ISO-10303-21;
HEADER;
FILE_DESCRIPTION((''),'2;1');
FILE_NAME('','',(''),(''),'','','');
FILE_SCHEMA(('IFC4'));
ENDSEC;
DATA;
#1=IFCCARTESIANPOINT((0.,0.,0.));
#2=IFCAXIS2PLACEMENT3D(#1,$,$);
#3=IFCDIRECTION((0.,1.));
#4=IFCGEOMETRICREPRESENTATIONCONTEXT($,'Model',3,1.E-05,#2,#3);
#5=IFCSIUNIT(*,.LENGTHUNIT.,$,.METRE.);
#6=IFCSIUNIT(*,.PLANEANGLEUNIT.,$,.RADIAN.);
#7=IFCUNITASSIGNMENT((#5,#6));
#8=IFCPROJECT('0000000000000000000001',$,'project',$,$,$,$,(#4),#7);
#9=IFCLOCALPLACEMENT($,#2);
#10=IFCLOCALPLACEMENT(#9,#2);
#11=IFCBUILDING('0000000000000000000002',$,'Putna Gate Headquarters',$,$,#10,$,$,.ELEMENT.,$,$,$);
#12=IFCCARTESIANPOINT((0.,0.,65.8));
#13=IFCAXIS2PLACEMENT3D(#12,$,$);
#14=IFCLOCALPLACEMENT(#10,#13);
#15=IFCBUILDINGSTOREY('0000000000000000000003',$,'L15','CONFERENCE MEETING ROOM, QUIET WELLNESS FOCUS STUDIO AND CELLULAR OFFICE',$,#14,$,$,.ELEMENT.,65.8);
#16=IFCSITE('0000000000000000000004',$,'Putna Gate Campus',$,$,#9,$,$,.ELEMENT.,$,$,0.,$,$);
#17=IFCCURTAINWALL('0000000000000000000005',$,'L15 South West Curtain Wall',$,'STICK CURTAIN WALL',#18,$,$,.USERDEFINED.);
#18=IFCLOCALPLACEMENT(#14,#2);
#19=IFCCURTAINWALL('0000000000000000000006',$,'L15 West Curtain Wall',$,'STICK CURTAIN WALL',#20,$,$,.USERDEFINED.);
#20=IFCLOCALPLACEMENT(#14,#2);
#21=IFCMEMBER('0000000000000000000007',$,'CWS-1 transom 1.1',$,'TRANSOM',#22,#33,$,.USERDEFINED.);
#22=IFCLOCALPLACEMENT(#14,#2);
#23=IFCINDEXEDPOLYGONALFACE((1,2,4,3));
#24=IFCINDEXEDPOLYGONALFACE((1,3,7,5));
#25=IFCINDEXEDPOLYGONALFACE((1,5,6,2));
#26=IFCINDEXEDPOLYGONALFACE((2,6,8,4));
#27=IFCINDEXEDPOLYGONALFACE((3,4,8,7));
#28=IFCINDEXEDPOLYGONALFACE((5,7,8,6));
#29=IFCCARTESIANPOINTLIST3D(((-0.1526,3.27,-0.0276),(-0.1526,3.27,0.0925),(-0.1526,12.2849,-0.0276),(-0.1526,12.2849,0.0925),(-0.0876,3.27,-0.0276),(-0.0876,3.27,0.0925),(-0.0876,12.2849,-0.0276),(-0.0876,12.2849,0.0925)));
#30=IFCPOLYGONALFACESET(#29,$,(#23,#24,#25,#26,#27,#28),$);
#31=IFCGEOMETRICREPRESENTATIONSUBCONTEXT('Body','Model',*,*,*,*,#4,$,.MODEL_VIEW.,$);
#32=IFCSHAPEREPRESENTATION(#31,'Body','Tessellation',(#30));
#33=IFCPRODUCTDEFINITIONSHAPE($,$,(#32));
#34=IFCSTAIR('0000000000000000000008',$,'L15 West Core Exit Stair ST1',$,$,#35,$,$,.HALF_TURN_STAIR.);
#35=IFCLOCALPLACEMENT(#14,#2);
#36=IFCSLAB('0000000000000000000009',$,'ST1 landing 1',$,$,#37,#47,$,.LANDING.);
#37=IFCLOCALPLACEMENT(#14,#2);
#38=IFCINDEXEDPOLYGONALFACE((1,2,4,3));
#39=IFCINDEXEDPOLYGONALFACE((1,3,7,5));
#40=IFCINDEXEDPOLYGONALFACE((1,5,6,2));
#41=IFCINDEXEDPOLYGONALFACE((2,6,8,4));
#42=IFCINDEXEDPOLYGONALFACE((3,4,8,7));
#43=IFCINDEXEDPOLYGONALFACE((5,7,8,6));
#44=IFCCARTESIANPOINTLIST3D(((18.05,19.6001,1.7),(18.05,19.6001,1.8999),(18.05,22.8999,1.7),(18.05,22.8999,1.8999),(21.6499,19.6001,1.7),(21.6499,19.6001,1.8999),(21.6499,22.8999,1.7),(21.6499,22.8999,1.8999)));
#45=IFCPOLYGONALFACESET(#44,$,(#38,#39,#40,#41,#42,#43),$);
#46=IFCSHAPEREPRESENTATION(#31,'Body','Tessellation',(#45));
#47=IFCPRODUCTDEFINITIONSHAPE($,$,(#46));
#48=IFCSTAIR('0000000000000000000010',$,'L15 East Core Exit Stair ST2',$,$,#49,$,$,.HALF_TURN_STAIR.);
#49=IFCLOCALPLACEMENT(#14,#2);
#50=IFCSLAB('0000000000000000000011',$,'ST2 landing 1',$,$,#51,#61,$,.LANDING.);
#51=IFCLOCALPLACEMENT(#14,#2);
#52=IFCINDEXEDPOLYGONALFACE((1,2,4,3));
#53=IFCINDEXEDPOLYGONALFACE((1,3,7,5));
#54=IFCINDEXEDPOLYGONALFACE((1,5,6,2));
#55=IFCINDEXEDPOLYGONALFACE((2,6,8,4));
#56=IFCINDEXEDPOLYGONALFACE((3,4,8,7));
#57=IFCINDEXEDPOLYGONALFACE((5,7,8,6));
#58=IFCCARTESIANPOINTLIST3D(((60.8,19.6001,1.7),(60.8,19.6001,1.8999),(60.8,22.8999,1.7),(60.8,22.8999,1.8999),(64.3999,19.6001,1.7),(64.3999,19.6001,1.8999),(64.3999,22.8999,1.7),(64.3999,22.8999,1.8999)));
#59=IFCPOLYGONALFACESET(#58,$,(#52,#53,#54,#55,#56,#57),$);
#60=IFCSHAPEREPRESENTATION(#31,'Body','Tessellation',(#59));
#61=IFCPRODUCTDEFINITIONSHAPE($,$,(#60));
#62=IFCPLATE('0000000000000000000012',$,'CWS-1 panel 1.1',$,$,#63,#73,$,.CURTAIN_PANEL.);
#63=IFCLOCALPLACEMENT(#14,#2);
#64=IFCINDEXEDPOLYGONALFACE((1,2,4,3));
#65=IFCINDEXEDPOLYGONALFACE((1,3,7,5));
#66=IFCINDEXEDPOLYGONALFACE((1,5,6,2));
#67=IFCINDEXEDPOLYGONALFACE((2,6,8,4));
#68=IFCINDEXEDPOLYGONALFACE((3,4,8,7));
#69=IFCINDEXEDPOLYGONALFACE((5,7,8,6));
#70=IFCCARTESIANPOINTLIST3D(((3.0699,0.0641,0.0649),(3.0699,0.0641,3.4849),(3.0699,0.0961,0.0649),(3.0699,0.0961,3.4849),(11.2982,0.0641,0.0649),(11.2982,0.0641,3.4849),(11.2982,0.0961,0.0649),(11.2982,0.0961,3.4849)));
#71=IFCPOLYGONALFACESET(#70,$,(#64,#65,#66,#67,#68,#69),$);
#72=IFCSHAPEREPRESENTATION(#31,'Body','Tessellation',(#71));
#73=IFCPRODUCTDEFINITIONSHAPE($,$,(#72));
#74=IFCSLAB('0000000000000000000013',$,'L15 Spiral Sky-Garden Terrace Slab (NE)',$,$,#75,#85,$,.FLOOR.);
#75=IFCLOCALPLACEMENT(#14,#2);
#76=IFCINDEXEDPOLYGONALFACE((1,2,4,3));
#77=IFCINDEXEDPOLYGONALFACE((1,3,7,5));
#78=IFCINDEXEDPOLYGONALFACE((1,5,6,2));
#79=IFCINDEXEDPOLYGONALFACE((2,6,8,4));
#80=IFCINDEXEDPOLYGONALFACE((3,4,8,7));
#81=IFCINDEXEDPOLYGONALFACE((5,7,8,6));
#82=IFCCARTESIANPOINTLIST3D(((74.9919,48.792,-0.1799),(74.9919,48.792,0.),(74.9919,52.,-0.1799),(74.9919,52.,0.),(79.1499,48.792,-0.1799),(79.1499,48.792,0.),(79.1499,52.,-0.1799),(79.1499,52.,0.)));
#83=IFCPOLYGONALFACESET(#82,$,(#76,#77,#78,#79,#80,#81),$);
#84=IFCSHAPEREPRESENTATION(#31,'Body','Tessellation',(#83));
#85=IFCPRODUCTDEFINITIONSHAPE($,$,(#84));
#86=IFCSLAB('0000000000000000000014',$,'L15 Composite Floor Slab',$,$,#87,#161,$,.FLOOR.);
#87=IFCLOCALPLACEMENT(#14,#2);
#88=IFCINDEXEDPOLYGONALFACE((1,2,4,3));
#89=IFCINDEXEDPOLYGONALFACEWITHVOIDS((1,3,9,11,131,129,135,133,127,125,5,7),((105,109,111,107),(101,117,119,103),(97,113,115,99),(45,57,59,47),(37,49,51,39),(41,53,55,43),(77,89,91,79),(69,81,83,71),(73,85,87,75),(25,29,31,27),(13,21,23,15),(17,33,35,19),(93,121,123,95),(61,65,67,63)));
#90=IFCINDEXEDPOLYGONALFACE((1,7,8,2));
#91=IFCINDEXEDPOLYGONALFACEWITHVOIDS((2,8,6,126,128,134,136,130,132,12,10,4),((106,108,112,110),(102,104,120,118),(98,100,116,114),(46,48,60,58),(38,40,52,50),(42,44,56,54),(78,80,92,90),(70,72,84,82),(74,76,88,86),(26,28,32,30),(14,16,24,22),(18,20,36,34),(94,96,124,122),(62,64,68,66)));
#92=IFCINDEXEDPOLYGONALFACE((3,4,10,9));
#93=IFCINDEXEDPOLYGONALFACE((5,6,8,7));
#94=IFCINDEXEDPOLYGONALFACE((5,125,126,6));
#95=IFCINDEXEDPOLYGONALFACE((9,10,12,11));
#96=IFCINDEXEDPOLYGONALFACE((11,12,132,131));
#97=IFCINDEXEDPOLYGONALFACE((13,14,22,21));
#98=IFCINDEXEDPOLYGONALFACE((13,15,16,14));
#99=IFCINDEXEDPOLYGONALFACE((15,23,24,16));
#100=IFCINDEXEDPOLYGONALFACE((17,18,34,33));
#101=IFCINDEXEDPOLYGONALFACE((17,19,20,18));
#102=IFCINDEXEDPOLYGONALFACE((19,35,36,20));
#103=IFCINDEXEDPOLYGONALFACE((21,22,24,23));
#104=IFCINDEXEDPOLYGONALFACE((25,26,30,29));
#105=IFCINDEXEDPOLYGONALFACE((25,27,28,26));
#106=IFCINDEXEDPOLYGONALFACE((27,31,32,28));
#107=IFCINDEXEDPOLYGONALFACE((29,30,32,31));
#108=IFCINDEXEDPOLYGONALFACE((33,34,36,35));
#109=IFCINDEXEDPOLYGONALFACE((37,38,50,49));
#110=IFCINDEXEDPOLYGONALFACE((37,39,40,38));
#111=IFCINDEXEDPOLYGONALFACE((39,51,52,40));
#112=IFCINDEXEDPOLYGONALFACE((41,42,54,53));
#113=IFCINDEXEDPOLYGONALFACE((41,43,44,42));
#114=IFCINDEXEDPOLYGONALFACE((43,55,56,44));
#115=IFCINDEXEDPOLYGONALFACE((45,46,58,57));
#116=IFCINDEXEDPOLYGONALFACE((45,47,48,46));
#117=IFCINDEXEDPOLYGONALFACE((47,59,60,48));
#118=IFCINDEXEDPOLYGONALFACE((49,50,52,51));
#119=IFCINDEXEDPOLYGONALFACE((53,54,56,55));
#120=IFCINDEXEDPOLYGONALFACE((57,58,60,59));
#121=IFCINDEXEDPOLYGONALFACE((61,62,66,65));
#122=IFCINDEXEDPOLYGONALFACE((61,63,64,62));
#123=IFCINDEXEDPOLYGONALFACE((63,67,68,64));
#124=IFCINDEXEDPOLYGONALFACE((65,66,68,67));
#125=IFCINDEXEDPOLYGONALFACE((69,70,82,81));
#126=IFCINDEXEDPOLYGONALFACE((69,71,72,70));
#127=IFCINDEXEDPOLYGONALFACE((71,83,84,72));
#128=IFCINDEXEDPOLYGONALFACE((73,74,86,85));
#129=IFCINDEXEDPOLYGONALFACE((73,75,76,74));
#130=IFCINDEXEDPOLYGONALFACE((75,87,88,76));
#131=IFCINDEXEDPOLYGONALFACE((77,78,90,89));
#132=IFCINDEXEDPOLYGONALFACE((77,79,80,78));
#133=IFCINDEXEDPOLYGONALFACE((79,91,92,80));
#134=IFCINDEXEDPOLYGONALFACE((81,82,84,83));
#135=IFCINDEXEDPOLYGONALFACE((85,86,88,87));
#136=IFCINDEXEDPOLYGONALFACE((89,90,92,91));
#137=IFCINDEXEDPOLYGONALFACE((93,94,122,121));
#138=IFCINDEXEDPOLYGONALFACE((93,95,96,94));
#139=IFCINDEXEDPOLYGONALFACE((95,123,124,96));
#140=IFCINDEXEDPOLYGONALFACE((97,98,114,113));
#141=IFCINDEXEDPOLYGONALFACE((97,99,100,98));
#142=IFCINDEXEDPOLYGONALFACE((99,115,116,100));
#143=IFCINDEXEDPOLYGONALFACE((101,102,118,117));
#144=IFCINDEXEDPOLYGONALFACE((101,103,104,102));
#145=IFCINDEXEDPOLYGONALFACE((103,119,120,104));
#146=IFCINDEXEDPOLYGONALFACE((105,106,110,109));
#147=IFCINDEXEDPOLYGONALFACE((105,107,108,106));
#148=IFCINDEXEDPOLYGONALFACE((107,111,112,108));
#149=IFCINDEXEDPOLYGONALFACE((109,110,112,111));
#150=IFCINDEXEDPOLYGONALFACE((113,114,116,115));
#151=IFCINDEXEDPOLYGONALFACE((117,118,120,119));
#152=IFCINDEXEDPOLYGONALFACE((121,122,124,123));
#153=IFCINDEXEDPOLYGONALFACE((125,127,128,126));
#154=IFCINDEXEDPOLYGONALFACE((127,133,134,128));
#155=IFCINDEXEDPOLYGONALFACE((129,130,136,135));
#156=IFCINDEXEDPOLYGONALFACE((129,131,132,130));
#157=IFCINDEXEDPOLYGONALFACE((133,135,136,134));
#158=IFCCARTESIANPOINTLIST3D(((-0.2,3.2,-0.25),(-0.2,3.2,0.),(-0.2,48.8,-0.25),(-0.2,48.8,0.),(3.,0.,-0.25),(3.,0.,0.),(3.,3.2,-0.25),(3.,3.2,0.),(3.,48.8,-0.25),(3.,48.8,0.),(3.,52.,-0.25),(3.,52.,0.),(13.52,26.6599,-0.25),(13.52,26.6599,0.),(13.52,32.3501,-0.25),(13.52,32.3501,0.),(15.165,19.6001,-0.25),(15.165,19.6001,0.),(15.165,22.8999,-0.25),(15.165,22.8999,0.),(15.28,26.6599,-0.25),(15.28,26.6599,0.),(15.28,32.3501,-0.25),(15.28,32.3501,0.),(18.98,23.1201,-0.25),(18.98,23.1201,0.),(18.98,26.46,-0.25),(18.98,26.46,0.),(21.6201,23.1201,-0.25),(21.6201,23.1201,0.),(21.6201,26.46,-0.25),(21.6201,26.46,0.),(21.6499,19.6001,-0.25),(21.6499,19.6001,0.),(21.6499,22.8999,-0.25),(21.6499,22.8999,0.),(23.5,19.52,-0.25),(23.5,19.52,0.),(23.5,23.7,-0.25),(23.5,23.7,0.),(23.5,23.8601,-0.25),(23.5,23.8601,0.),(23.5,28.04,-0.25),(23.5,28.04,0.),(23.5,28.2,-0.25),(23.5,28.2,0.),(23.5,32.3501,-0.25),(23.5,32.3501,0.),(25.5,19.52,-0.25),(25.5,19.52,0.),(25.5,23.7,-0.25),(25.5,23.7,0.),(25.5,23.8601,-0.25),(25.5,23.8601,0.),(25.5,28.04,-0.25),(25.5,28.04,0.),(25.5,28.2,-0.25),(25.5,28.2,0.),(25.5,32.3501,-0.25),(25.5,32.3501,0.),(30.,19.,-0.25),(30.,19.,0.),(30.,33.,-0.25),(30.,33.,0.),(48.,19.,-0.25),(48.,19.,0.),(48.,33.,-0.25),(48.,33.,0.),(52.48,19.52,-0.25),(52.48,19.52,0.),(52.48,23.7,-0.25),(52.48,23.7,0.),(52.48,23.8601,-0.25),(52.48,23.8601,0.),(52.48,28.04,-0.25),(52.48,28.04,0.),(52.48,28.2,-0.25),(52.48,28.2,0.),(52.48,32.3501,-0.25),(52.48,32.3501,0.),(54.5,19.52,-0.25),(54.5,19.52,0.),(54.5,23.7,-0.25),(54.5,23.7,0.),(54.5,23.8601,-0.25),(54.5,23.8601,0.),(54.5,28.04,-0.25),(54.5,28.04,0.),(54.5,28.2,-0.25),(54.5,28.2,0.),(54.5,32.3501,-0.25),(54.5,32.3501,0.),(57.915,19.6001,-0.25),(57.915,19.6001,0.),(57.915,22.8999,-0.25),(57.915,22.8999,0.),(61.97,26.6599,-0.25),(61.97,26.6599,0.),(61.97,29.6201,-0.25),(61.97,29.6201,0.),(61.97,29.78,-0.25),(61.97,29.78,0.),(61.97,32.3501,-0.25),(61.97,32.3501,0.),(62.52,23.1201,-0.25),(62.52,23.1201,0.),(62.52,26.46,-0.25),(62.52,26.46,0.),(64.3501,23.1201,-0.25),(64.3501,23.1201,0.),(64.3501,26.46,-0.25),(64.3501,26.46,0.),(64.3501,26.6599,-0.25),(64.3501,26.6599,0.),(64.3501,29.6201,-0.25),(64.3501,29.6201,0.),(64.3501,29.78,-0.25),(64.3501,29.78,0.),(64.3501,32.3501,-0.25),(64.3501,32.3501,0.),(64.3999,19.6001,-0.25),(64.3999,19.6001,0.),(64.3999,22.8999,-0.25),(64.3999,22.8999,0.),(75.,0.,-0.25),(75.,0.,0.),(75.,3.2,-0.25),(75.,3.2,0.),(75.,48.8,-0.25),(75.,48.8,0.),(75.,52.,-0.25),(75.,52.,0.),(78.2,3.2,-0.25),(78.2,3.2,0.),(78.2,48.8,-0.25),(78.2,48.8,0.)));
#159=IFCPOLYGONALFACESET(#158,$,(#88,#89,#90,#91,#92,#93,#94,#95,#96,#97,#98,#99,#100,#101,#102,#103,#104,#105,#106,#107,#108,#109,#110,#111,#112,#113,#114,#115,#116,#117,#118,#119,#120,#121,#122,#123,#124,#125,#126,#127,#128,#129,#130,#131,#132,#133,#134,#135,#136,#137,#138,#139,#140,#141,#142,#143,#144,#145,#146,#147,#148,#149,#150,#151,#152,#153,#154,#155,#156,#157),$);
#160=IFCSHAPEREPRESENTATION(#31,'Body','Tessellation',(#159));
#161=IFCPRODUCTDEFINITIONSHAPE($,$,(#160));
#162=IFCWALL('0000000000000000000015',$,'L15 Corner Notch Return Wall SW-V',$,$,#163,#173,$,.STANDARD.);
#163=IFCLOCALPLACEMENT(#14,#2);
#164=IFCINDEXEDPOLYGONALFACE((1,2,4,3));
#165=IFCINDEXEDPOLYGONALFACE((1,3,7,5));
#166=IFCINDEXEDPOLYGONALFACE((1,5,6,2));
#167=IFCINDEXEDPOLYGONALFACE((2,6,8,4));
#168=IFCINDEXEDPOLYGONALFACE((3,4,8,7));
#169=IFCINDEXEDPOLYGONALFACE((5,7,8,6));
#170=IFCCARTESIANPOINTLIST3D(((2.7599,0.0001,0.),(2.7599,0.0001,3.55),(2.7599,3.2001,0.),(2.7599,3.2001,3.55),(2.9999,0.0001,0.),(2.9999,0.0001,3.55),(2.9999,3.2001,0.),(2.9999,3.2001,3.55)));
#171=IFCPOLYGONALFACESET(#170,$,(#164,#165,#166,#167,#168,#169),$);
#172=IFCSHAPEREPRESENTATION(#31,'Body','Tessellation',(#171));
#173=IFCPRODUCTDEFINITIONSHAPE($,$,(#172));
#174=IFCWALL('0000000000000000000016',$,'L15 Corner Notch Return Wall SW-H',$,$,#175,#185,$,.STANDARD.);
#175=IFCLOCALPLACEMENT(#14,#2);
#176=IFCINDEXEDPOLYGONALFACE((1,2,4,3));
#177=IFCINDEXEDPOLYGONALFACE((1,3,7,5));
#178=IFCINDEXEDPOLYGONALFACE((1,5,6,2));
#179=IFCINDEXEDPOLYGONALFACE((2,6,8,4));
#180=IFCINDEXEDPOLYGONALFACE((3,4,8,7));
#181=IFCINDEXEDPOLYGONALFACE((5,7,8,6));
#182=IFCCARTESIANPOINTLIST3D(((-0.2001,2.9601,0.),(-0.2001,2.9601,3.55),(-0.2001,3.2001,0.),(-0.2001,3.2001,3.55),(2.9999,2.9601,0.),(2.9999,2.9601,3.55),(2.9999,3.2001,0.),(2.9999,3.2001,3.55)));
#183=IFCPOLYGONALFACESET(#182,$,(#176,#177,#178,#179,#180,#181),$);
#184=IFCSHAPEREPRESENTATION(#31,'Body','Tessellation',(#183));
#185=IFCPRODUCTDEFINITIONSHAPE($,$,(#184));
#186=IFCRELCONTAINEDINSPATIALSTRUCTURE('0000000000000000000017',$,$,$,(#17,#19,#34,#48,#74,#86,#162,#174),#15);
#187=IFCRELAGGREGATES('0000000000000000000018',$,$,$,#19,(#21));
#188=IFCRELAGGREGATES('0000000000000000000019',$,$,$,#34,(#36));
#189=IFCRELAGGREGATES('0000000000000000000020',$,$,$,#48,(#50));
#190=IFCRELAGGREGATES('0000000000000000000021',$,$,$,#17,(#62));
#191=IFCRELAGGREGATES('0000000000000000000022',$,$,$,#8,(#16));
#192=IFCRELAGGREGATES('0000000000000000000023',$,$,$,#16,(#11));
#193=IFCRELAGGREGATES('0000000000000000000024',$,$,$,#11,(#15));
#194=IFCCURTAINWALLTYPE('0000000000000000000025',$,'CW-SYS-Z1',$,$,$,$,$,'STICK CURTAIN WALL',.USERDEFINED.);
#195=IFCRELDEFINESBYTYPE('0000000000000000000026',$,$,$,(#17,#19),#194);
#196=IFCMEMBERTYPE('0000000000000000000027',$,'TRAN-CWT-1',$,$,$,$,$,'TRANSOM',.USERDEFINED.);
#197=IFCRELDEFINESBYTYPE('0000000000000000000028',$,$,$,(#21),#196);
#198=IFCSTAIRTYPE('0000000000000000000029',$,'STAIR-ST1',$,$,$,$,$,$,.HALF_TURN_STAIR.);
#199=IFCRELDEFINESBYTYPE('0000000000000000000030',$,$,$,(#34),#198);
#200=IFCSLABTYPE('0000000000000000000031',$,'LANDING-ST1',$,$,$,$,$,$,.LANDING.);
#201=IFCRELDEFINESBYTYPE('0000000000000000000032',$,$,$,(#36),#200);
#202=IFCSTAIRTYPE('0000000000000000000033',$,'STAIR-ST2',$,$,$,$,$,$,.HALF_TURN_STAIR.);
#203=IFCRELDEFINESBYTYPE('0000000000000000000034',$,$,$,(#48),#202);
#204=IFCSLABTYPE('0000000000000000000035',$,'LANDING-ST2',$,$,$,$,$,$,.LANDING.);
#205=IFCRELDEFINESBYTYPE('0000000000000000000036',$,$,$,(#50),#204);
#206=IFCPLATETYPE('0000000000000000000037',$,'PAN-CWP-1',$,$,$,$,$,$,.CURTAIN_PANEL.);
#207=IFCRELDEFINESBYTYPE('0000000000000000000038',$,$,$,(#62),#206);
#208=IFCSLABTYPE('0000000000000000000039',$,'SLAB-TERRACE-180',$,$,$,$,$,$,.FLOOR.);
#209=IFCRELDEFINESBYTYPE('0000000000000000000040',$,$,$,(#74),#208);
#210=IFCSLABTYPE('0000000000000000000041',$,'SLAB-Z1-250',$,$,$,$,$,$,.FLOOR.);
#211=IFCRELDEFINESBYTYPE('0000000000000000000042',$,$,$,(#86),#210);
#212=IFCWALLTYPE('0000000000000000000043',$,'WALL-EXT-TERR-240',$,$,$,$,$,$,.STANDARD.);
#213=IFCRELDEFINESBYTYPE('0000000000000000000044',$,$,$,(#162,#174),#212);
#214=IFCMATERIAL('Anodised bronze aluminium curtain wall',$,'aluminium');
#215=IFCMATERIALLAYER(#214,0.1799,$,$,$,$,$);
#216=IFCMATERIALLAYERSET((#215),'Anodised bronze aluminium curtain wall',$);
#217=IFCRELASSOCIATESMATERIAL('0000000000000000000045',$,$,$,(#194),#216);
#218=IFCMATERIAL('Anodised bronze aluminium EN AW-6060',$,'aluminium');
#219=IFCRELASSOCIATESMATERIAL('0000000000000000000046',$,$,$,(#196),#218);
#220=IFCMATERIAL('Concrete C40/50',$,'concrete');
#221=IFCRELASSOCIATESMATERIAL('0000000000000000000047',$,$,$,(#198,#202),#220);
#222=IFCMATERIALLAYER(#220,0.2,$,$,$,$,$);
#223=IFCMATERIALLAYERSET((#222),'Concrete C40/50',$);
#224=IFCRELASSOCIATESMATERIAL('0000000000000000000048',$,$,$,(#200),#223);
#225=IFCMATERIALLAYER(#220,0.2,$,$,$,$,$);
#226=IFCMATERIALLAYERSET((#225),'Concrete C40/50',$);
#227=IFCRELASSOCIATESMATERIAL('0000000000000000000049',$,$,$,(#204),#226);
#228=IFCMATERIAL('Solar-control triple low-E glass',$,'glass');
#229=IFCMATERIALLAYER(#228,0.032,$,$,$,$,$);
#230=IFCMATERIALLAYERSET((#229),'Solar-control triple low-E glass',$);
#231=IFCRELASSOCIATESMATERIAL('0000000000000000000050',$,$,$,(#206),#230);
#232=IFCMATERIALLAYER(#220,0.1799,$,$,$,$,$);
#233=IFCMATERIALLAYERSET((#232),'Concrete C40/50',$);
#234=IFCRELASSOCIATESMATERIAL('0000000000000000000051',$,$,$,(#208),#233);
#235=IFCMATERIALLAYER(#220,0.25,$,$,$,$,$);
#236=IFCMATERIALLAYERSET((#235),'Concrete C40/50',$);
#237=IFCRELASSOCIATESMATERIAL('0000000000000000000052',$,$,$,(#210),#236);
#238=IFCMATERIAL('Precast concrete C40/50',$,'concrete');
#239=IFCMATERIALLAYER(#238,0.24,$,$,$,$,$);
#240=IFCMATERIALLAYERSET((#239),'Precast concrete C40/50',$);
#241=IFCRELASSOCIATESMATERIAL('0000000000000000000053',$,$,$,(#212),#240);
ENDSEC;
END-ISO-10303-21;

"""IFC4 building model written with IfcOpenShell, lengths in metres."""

from ifc_helpers import new_model, si_unit, direction, frame, frame_2d, origin, origin_2d, place, context, subcontext, project, spatial, polyline, rectangle, outline, extrude, material, layer, layer_set, material_profile, profile_set, type_object, element, aggregate, save


model = new_model("IFC4")

# Units and contexts
model_context = context("Model", 3, precision=1e-05, world=origin(), true_north=direction((0.0, 1.0)))
body_context = subcontext(model_context, "Body", "Model", "MODEL_VIEW")
ifc_project = project(units=[si_unit("LENGTHUNIT", "METRE"), si_unit("PLANEANGLEUNIT", "RADIAN")], contexts=[model_context])

# Site, building, storey
site_placement = place(None, origin())
site = spatial("IfcSite", under=ifc_project, at=site_placement, Name="Putna Gate Campus", CompositionType="ELEMENT", RefElevation=0.0)
building_placement = place(site_placement, origin())
building = spatial("IfcBuilding", under=site, at=building_placement, Name="Putna Gate Headquarters", CompositionType="ELEMENT")
storey_placement = place(building_placement, frame((0.0, 0.0, 65.8)))
storey = spatial("IfcBuildingStorey", under=building, at=storey_placement, Name="L15", Description="CONFERENCE MEETING ROOM, QUIET WELLNESS FOCUS STUDIO AND CELLULAR OFFICE", CompositionType="ELEMENT", Elevation=65.8)

# Curtain wall
ifc_material_1 = material(Name="Anodised bronze aluminium curtain wall", Category="aluminium")
ifc_layer_1 = layer(ifc_material_1, 0.1799)
ifc_layer_set_1 = layer_set([ifc_layer_1], Name="Anodised bronze aluminium curtain wall")
curtain_wall_type = type_object("IfcCurtainWallType", Name="CW-SYS-Z1", ElementType="STICK CURTAIN WALL", PredefinedType="USERDEFINED", material=ifc_layer_set_1)
curtain_wall_1_placement = place(storey_placement, origin())
curtain_wall_1 = element("IfcCurtainWall", 1, at=curtain_wall_1_placement, inside=storey, type_object=curtain_wall_type, Name="L15 South West Curtain Wall", ObjectType="STICK CURTAIN WALL", PredefinedType="USERDEFINED")
ifc_material_2 = material(Name="Anodised bronze aluminium EN AW-6060", Category="aluminium")

# Curtain wall
curtain_wall_2_placement = place(storey_placement, origin())
curtain_wall_2 = element("IfcCurtainWall", 2, at=curtain_wall_2_placement, inside=storey, type_object=curtain_wall_type, Name="L15 West Curtain Wall", ObjectType="STICK CURTAIN WALL", PredefinedType="USERDEFINED")

# Member
ifc_material_profile_1 = material_profile(ifc_material_2, rectangle(XDim=0.0649, YDim=0.1201, at=origin_2d()), Name="Anodised bronze aluminium EN AW-6060")
ifc_profile_set_1 = profile_set([ifc_material_profile_1], Name="Anodised bronze aluminium EN AW-6060")
member_type_1 = type_object("IfcMemberType", Name="TRAN-CWT-1", ElementType="TRANSOM", PredefinedType="USERDEFINED", material=ifc_profile_set_1)
member_1_placement = place(storey_placement, frame((-0.1201, 3.27, 0.0325), z_axis=(0.0, 1.0, 0.0), x_axis=(-1.0, 0.0, 0.0)))
member_1 = element("IfcMember", 3, at=member_1_placement, type_object=member_type_1, Name="CWS-1 transom 1.1", ObjectType="TRANSOM", PredefinedType="USERDEFINED", context=body_context, shape_type="SweptSolid", body=[
    extrude(rectangle(XDim=0.0649, YDim=0.1201, at=origin_2d()), origin(), (0.0, 0.0, 1.0), 9.0149),
])
aggregate(curtain_wall_2, [member_1])

# Stairs, slabs
ifc_material_3 = material(Name="Concrete C40/50", Category="concrete")
stair_type_1 = type_object("IfcStairType", Name="STAIR-ST1", PredefinedType="HALF_TURN_STAIR", material=ifc_material_3)
stair_1_placement = place(storey_placement, origin())
stair_1 = element("IfcStair", 4, at=stair_1_placement, inside=storey, type_object=stair_type_1, Name="L15 West Core Exit Stair ST1", PredefinedType="HALF_TURN_STAIR")
ifc_layer_2 = layer(ifc_material_3, 0.2)
ifc_layer_set_2 = layer_set([ifc_layer_2], Name="Concrete C40/50")
slab_type_1 = type_object("IfcSlabType", Name="LANDING-ST1", PredefinedType="LANDING", material=ifc_layer_set_2)
slab_1_placement = place(storey_placement, frame((0.0, 0.0, 1.7)))
slab_1 = element("IfcSlab", 5, at=slab_1_placement, type_object=slab_type_1, Name="ST1 landing 1", PredefinedType="LANDING", context=body_context, shape_type="SweptSolid", body=[
    extrude(outline(polyline([(18.05, 19.6001), (21.6499, 19.6001), (21.6499, 22.8999), (18.05, 22.8999), (18.05, 19.6001)])), origin(), (0.0, 0.0, 1.0), 0.2),
])
aggregate(stair_1, [slab_1])
stair_type_2 = type_object("IfcStairType", Name="STAIR-ST2", PredefinedType="HALF_TURN_STAIR", material=ifc_material_3)
stair_2_placement = place(storey_placement, origin())
stair_2 = element("IfcStair", 6, at=stair_2_placement, inside=storey, type_object=stair_type_2, Name="L15 East Core Exit Stair ST2", PredefinedType="HALF_TURN_STAIR")
ifc_layer_3 = layer(ifc_material_3, 0.2)
ifc_layer_set_3 = layer_set([ifc_layer_3], Name="Concrete C40/50")
slab_type_2 = type_object("IfcSlabType", Name="LANDING-ST2", PredefinedType="LANDING", material=ifc_layer_set_3)
slab_2_placement = place(storey_placement, frame((0.0, 0.0, 1.7)))
slab_2 = element("IfcSlab", 7, at=slab_2_placement, type_object=slab_type_2, Name="ST2 landing 1", PredefinedType="LANDING", context=body_context, shape_type="SweptSolid", body=[
    extrude(outline(polyline([(60.8, 19.6001), (64.3999, 19.6001), (64.3999, 22.8999), (60.8, 22.8999), (60.8, 19.6001)])), origin(), (0.0, 0.0, 1.0), 0.2),
])
aggregate(stair_2, [slab_2])

# Plate
ifc_material_4 = material(Name="Solar-control triple low-E glass", Category="glass")
ifc_layer_4 = layer(ifc_material_4, 0.032)
ifc_layer_set_4 = layer_set([ifc_layer_4], Name="Solar-control triple low-E glass")
plate_type = type_object("IfcPlateType", Name="PAN-CWP-1", PredefinedType="CURTAIN_PANEL", material=ifc_layer_set_4)
plate_placement = place(storey_placement, frame((7.1841, 0.0801, 0.0649), z_axis=(0.0, 0.0, 1.0), x_axis=(1.0, 0.0, 0.0)))
plate = element("IfcPlate", 8, at=plate_placement, type_object=plate_type, Name="CWS-1 panel 1.1", PredefinedType="CURTAIN_PANEL", context=body_context, shape_type="SweptSolid", body=[
    extrude(rectangle(XDim=8.2283, YDim=0.032, at=origin_2d()), origin(), (0.0, 0.0, 1.0), 3.4199),
])
aggregate(curtain_wall_1, [plate])

# Slabs
ifc_layer_5 = layer(ifc_material_3, 0.1799)
ifc_layer_set_5 = layer_set([ifc_layer_5], Name="Concrete C40/50")
slab_type_3 = type_object("IfcSlabType", Name="SLAB-TERRACE-180", PredefinedType="FLOOR", material=ifc_layer_set_5)
slab_3_placement = place(storey_placement, frame((0.0, 0.0, -0.1799)))
element("IfcSlab", 9, at=slab_3_placement, inside=storey, type_object=slab_type_3, Name="L15 Spiral Sky-Garden Terrace Slab (NE)", PredefinedType="FLOOR", context=body_context, shape_type="SweptSolid", body=[
    extrude(outline(polyline([(74.9919, 48.792), (79.1499, 48.792), (79.1499, 52.0), (74.9919, 52.0), (74.9919, 48.792)])), origin(), (0.0, 0.0, 1.0), 0.1799),
])
ifc_layer_6 = layer(ifc_material_3, 0.25)
ifc_layer_set_6 = layer_set([ifc_layer_6], Name="Concrete C40/50")
slab_type_4 = type_object("IfcSlabType", Name="SLAB-Z1-250", PredefinedType="FLOOR", material=ifc_layer_set_6)
slab_4_placement = place(storey_placement, frame((0.0, 0.0, -0.25)))
element("IfcSlab", 10, at=slab_4_placement, inside=storey, type_object=slab_type_4, Name="L15 Composite Floor Slab", PredefinedType="FLOOR", context=body_context, shape_type="SweptSolid", body=[
    extrude(outline(polyline([(3.0, 0.0), (75.0, 0.0), (75.0, 3.2), (78.2, 3.2), (78.2, 48.8), (75.0, 48.8), (75.0, 52.0), (3.0, 52.0), (3.0, 48.8), (-0.2, 48.8), (-0.2, 3.2), (3.0, 3.2), (3.0, 0.0)]), holes=[polyline([(15.165, 19.6001), (21.6499, 19.6001), (21.6499, 22.8999), (15.165, 22.8999), (15.165, 19.6001)]), polyline([(57.915, 19.6001), (64.3999, 19.6001), (64.3999, 22.8999), (57.915, 22.8999), (57.915, 19.6001)]), polyline([(13.52, 26.6599), (15.28, 26.6599), (15.28, 32.3501), (13.52, 32.3501), (13.52, 26.6599)]), polyline([(61.97, 29.78), (64.3501, 29.78), (64.3501, 32.3501), (61.97, 32.3501), (61.97, 29.78)]), polyline([(18.98, 23.1201), (21.6201, 23.1201), (21.6201, 26.46), (18.98, 26.46), (18.98, 23.1201)]), polyline([(62.52, 23.1201), (64.3501, 23.1201), (64.3501, 26.46), (62.52, 26.46), (62.52, 23.1201)]), polyline([(61.97, 26.6599), (64.3501, 26.6599), (64.3501, 29.6201), (61.97, 29.6201), (61.97, 26.6599)]), polyline([(23.5, 19.52), (25.5, 19.52), (25.5, 23.7), (23.5, 23.7), (23.5, 19.52)]), polyline([(52.48, 19.52), (54.5, 19.52), (54.5, 23.7), (52.48, 23.7), (52.48, 19.52)]), polyline([(23.5, 23.8601), (25.5, 23.8601), (25.5, 28.04), (23.5, 28.04), (23.5, 23.8601)]), polyline([(52.48, 23.8601), (54.5, 23.8601), (54.5, 28.04), (52.48, 28.04), (52.48, 23.8601)]), polyline([(23.5, 28.2), (25.5, 28.2), (25.5, 32.3501), (23.5, 32.3501), (23.5, 28.2)]), polyline([(52.48, 28.2), (54.5, 28.2), (54.5, 32.3501), (52.48, 32.3501), (52.48, 28.2)]), polyline([(30.0, 19.0), (48.0, 19.0), (48.0, 33.0), (30.0, 33.0), (30.0, 19.0)])]), origin(), (0.0, 0.0, 1.0), 0.25),
])

# Walls
ifc_material_5 = material(Name="Precast concrete C40/50", Category="concrete")
ifc_layer_7 = layer(ifc_material_5, 0.24)
ifc_layer_set_7 = layer_set([ifc_layer_7], Name="Precast concrete C40/50")
wall_type_1 = type_object("IfcWallType", Name="WALL-EXT-TERR-240", PredefinedType="STANDARD", material=ifc_layer_set_7)
for number, where, z_axis, x_axis, name in (
    (11, (2.8799, 0.0, 0.0), (0.0, 0.0, 1.0), (0.0, 1.0, 0.0), "L15 Corner Notch Return Wall SW-V"),
    (12, (3.0, 3.0801, 0.0), (0.0, 0.0, 1.0), (-1.0, 0.0, 0.0), "L15 Corner Notch Return Wall SW-H"),
):
    element("IfcWall", number, at=place(storey_placement, frame(where, z_axis=z_axis, x_axis=x_axis)), inside=storey, type_object=wall_type_1, Name=name, PredefinedType="STANDARD", context=body_context, shape_type="SweptSolid", body=[
        extrude(rectangle(XDim=3.2, YDim=0.24, at=frame_2d((1.6001, 0.0))), origin(), (0.0, 0.0, 1.0), 3.55),
    ])

save(model, "model.ifc")
